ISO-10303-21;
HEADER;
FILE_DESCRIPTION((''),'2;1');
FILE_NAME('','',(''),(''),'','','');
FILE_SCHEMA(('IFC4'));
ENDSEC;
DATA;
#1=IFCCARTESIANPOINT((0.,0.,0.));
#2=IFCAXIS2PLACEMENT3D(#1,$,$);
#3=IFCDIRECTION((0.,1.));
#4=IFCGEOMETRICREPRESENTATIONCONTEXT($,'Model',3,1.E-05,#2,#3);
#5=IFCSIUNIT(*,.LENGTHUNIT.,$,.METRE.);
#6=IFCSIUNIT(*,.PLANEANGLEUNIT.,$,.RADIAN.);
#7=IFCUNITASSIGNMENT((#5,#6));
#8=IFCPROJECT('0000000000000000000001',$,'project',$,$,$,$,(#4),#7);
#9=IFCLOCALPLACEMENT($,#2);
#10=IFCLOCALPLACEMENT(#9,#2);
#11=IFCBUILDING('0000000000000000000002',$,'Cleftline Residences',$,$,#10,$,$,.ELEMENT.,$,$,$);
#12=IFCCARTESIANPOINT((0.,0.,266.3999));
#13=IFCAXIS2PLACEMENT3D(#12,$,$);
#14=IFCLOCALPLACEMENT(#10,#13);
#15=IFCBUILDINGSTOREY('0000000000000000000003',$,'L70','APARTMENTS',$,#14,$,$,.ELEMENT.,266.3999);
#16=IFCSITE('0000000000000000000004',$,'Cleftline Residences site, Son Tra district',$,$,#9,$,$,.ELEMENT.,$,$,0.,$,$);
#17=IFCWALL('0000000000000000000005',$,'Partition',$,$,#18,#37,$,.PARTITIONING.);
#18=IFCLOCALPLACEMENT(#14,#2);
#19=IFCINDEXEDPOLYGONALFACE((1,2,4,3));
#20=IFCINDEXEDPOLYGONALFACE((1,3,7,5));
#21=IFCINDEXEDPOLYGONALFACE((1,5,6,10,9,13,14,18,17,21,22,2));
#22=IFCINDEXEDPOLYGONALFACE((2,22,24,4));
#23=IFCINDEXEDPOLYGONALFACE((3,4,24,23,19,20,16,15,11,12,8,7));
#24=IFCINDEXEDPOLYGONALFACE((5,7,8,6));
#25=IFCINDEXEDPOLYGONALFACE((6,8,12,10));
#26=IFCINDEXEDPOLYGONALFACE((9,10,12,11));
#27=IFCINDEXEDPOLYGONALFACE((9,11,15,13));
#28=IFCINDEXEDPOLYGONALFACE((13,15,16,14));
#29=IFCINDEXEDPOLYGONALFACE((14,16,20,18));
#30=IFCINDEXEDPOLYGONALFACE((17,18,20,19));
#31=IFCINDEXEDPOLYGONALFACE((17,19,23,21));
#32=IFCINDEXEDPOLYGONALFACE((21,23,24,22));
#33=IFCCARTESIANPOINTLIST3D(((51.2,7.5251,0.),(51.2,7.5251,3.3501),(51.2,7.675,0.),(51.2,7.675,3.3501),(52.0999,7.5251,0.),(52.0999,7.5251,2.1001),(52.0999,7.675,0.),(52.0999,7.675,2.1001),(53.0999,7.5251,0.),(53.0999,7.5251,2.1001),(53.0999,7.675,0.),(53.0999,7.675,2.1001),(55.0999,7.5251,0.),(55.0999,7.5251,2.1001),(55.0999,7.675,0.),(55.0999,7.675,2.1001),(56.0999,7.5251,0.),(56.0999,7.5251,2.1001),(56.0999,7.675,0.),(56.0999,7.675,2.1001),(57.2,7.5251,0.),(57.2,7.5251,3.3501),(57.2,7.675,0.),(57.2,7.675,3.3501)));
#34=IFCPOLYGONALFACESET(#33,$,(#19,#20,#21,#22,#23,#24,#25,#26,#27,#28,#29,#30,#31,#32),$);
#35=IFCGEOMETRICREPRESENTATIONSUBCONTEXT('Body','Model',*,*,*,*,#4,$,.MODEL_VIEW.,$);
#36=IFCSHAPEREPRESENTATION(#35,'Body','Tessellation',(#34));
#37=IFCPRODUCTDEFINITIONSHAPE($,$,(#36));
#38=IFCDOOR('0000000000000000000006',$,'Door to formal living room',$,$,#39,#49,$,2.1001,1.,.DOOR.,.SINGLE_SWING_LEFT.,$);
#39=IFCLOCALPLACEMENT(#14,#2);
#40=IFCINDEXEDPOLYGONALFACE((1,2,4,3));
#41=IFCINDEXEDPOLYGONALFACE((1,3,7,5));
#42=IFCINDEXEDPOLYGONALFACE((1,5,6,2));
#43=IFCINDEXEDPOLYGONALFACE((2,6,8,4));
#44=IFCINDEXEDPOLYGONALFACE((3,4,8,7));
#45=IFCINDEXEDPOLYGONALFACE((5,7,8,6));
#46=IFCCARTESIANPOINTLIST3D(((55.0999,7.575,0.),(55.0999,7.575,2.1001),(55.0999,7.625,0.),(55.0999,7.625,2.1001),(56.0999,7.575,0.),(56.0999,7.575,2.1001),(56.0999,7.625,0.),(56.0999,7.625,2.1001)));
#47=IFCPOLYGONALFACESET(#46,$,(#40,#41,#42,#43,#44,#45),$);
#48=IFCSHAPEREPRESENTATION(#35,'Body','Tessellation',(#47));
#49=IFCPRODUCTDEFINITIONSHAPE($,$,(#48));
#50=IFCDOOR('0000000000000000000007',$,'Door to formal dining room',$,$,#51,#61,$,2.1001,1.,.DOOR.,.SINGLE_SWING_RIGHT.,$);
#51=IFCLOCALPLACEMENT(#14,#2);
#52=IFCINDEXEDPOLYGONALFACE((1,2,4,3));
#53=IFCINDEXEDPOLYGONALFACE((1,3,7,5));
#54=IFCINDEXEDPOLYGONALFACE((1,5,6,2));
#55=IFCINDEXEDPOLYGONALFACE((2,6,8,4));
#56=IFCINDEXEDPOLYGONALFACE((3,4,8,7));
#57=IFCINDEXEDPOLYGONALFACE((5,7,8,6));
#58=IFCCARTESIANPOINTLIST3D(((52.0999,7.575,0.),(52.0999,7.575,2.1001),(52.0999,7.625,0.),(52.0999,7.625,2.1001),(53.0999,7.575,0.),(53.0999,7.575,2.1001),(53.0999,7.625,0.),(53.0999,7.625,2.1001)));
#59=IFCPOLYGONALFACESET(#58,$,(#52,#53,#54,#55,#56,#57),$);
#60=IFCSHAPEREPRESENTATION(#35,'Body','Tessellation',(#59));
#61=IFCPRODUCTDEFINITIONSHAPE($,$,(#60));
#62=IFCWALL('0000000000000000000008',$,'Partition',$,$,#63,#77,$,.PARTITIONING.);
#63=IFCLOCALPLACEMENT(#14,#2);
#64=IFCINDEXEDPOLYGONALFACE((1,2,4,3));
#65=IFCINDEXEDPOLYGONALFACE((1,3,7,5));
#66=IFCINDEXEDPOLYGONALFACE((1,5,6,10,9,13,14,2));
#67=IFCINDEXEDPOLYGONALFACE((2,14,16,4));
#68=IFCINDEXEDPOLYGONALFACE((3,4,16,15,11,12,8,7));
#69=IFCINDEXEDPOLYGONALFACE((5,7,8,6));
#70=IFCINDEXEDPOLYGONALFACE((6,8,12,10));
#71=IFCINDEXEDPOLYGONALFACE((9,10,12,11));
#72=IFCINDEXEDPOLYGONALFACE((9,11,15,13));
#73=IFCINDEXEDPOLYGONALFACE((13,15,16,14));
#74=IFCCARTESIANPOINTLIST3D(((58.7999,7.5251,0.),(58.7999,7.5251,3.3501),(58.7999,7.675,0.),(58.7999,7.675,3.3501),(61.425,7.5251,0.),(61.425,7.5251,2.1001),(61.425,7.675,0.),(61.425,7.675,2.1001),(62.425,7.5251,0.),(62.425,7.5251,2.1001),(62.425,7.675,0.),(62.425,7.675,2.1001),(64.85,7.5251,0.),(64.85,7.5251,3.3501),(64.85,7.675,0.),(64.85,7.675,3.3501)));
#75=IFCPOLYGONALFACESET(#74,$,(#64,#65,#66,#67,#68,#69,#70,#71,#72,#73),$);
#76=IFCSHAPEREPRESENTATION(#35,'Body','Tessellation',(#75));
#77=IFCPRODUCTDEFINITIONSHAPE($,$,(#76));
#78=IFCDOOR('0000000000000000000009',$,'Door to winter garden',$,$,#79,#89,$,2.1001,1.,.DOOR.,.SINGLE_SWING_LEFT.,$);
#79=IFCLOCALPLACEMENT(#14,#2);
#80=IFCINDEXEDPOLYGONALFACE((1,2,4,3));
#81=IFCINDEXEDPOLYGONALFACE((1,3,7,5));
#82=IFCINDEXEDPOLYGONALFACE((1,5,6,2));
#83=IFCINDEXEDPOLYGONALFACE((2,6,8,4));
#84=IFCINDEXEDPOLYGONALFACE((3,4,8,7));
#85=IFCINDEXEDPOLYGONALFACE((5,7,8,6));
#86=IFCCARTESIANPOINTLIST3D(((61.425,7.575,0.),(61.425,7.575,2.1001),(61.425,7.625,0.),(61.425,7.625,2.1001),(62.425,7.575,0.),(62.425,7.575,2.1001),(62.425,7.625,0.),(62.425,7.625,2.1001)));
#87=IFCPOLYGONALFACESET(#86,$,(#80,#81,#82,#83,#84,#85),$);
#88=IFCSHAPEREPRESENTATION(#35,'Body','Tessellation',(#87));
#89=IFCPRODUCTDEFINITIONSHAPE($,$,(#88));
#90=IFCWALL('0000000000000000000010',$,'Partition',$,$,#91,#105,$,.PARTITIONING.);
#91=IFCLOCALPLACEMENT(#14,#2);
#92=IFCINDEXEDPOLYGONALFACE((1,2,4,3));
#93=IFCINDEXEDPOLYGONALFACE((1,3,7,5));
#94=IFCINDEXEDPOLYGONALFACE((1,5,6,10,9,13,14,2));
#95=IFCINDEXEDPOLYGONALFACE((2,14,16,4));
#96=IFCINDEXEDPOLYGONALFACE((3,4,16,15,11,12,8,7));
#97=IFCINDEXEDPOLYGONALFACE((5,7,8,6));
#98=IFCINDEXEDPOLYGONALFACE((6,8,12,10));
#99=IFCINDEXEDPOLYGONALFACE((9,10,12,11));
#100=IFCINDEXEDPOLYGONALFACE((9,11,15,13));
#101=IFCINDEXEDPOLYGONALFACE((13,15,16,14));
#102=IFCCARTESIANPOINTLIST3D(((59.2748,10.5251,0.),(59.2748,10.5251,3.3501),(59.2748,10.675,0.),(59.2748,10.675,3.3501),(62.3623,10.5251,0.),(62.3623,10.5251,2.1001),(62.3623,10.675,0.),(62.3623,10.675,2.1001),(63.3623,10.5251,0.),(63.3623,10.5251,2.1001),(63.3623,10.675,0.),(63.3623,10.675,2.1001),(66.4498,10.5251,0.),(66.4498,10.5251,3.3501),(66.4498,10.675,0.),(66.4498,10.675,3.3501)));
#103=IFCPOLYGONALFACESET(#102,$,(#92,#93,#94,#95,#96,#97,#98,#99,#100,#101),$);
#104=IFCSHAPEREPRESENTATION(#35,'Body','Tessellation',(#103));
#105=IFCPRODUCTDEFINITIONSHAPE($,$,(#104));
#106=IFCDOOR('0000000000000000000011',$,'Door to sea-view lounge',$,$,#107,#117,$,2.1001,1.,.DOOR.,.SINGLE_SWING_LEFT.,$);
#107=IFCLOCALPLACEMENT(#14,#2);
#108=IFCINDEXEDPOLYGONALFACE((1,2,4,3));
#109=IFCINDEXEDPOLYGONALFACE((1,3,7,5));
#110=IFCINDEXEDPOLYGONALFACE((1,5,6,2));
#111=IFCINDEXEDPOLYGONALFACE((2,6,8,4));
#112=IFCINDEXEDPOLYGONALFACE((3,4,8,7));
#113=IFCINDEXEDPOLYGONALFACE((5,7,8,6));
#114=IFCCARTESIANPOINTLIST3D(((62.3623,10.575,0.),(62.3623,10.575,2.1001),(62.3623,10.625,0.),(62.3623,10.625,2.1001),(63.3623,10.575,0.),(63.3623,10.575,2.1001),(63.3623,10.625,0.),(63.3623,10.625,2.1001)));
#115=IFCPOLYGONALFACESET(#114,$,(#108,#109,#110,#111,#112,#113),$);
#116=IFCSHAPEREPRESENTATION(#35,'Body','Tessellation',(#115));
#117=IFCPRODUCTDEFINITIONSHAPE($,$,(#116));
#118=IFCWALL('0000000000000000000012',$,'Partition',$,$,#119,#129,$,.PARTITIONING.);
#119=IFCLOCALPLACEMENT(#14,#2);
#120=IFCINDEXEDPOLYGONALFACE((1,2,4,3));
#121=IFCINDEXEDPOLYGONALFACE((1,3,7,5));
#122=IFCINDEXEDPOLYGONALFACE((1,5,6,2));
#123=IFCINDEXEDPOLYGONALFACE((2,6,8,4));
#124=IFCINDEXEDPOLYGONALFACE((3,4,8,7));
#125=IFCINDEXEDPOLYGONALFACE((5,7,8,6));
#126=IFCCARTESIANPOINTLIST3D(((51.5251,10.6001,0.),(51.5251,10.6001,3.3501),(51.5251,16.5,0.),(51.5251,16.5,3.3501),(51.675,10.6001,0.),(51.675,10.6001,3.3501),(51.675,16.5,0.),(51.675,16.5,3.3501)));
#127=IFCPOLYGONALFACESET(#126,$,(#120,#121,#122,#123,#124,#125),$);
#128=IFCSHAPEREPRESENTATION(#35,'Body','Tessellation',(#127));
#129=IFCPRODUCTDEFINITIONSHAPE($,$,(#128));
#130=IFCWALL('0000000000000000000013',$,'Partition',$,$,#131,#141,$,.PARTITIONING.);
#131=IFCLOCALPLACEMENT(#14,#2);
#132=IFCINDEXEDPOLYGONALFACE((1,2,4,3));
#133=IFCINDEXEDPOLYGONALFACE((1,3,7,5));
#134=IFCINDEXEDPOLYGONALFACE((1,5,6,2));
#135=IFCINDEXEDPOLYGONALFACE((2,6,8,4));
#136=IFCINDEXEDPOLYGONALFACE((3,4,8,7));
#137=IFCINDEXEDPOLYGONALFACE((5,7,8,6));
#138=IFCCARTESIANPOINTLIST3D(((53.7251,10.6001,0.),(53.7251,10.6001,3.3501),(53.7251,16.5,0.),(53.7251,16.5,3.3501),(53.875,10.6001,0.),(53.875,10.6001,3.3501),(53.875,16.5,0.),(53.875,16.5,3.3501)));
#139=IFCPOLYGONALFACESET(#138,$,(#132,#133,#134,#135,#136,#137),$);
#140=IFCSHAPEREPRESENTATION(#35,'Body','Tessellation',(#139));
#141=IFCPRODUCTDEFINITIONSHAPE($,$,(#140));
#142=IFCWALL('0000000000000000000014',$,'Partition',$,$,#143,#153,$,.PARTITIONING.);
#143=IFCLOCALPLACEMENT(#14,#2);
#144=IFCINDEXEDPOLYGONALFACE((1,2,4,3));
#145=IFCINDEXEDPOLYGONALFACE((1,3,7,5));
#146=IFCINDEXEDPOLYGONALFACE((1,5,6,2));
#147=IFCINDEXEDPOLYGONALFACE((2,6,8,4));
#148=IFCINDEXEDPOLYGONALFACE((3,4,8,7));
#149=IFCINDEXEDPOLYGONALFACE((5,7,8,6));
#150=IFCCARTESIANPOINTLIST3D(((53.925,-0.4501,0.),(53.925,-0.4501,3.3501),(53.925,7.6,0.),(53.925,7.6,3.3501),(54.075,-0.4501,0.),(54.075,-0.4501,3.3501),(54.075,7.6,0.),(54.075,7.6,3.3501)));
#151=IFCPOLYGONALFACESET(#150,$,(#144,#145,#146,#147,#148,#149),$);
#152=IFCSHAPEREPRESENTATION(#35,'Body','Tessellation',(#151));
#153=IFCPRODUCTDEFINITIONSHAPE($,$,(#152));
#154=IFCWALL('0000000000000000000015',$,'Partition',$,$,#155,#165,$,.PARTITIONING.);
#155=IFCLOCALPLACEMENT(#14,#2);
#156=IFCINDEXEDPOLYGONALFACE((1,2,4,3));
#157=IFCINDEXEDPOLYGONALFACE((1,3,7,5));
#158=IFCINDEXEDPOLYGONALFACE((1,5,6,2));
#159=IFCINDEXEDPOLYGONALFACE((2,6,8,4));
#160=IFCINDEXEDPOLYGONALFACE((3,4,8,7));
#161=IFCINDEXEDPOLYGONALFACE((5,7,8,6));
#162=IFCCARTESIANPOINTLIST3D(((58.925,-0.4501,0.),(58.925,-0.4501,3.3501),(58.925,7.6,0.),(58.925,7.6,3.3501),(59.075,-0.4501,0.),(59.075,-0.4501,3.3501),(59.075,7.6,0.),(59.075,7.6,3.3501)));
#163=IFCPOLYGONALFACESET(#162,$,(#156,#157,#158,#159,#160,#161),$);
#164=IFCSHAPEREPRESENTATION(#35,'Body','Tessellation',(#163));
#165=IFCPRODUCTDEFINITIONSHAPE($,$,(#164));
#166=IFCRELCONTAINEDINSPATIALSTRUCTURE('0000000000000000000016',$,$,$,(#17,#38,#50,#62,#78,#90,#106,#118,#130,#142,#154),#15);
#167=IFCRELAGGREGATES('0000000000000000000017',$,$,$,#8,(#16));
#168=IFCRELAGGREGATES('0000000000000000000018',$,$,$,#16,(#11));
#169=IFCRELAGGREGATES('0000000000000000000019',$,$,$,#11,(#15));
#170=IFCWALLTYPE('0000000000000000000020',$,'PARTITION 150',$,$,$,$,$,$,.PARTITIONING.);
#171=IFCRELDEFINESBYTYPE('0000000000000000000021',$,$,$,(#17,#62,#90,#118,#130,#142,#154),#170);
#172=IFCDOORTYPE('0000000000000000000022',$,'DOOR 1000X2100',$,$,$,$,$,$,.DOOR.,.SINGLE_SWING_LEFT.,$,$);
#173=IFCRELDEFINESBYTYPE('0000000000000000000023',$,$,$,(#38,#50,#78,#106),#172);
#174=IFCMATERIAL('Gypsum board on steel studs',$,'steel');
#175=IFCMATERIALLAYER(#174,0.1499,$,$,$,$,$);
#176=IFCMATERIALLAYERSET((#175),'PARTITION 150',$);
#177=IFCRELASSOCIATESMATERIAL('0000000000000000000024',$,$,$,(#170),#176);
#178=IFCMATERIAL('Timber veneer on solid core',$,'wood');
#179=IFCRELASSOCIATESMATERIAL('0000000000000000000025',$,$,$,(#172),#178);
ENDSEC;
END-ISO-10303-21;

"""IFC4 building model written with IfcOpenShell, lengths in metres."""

from ifc_helpers import new_model, si_unit, direction, frame, frame_2d, origin, place, context, subcontext, project, spatial, rectangle, extrude, material, layer, layer_set, type_object, element, fill, save


model = new_model("IFC4")

# Units and contexts
model_context = context("Model", 3, precision=1e-05, world=origin(), true_north=direction((0.0, 1.0)))
body_context = subcontext(model_context, "Body", "Model", "MODEL_VIEW")
ifc_project = project(units=[si_unit("LENGTHUNIT", "METRE"), si_unit("PLANEANGLEUNIT", "RADIAN")], contexts=[model_context])

# Site, building, storey
site_placement = place(None, origin())
site = spatial("IfcSite", under=ifc_project, at=site_placement, Name="Cleftline Residences site, Son Tra district", CompositionType="ELEMENT", RefElevation=0.0)
building_placement = place(site_placement, origin())
building = spatial("IfcBuilding", under=site, at=building_placement, Name="Cleftline Residences", CompositionType="ELEMENT")
storey_placement = place(building_placement, frame((0.0, 0.0, 266.3999)))
storey = spatial("IfcBuildingStorey", under=building, at=storey_placement, Name="L70", Description="APARTMENTS", CompositionType="ELEMENT", Elevation=266.3999)

# Wall, openings, doors
ifc_material_1 = material(Name="Gypsum board on steel studs", Category="steel")
ifc_layer_1 = layer(ifc_material_1, 0.1499)
ifc_layer_set_1 = layer_set([ifc_layer_1], Name="PARTITION 150")
wall_type_1 = type_object("IfcWallType", Name="PARTITION 150", PredefinedType="PARTITIONING", material=ifc_layer_set_1)
wall_1_placement = place(storey_placement, frame((51.2, 7.6001, 0.0), z_axis=(0.0, 0.0, 1.0), x_axis=(1.0, 0.0, 0.0)))
wall_1 = element("IfcWall", 1, at=wall_1_placement, inside=storey, type_object=wall_type_1, Name="Partition", PredefinedType="PARTITIONING", context=body_context, shape_type="SweptSolid", body=[
    extrude(rectangle(XDim=6.0, YDim=0.1499, at=frame_2d((3.0, 0.0))), origin(), (0.0, 0.0, 1.0), 3.3501),
])
opening_1_placement = place(wall_1_placement, frame((3.8999, 0.0, 0.0)))
opening_1 = element("IfcOpeningElement", 2, at=opening_1_placement, cuts=wall_1, PredefinedType="OPENING", context=body_context, shape_type="SweptSolid", body=[
    extrude(rectangle(XDim=1.0, YDim=2.1001, at=frame_2d((0.5, 1.05))), frame((0.0, 0.085, 0.0), z_axis=(0.0, -1.0, 0.0), x_axis=(1.0, 0.0, 0.0)), (0.0, 0.0, 1.0), 0.1699),
])
opening_2_placement = place(wall_1_placement, frame((0.8999, 0.0, 0.0)))
opening_2 = element("IfcOpeningElement", 3, at=opening_2_placement, cuts=wall_1, PredefinedType="OPENING", context=body_context, shape_type="SweptSolid", body=[
    extrude(rectangle(XDim=1.0, YDim=2.1001, at=frame_2d((0.5, 1.05))), frame((0.0, 0.085, 0.0), z_axis=(0.0, -1.0, 0.0), x_axis=(1.0, 0.0, 0.0)), (0.0, 0.0, 1.0), 0.1699),
])
ifc_material_2 = material(Name="Timber veneer on solid core", Category="wood")
door_type_1 = type_object("IfcDoorType", Name="DOOR 1000X2100", OperationType="SINGLE_SWING_LEFT", PredefinedType="DOOR", material=ifc_material_2)
door_1_placement = place(opening_1_placement, origin())
door_1 = element("IfcDoor", 4, at=door_1_placement, inside=storey, type_object=door_type_1, Name="Door to formal living room", OperationType="SINGLE_SWING_LEFT", OverallHeight=2.1001, OverallWidth=1.0, PredefinedType="DOOR", context=body_context, shape_type="SweptSolid", body=[
    extrude(rectangle(XDim=1.0, YDim=2.1001, at=frame_2d((0.5, 1.05))), frame((0.0, 0.0249, 0.0), z_axis=(0.0, -1.0, 0.0), x_axis=(1.0, 0.0, 0.0)), (0.0, 0.0, 1.0), 0.05),
])
fill(opening_1, door_1)
door_2_placement = place(opening_2_placement, origin())
door_2 = element("IfcDoor", 5, at=door_2_placement, inside=storey, type_object=door_type_1, Name="Door to formal dining room", OperationType="SINGLE_SWING_RIGHT", OverallHeight=2.1001, OverallWidth=1.0, PredefinedType="DOOR", context=body_context, shape_type="SweptSolid", body=[
    extrude(rectangle(XDim=1.0, YDim=2.1001, at=frame_2d((0.5, 1.05))), frame((0.0, 0.0249, 0.0), z_axis=(0.0, -1.0, 0.0), x_axis=(1.0, 0.0, 0.0)), (0.0, 0.0, 1.0), 0.05),
])
fill(opening_2, door_2)

# Walls, openings, doors
wall_2_placement = place(storey_placement, frame((58.8, 7.6001, 0.0), z_axis=(0.0, 0.0, 1.0), x_axis=(1.0, 0.0, 0.0)))
wall_2 = element("IfcWall", 6, at=wall_2_placement, inside=storey, type_object=wall_type_1, Name="Partition", PredefinedType="PARTITIONING", context=body_context, shape_type="SweptSolid", body=[
    extrude(rectangle(XDim=6.05, YDim=0.1499, at=frame_2d((3.0249, 0.0))), origin(), (0.0, 0.0, 1.0), 3.3501),
])
opening_3_placement = place(wall_2_placement, frame((2.625, 0.0, 0.0)))
opening_3 = element("IfcOpeningElement", 7, at=opening_3_placement, cuts=wall_2, PredefinedType="OPENING", context=body_context, shape_type="SweptSolid", body=[
    extrude(rectangle(XDim=1.0, YDim=2.1001, at=frame_2d((0.5, 1.05))), frame((0.0, 0.085, 0.0), z_axis=(0.0, -1.0, 0.0), x_axis=(1.0, 0.0, 0.0)), (0.0, 0.0, 1.0), 0.1699),
])
door_3_placement = place(opening_3_placement, origin())
door_3 = element("IfcDoor", 8, at=door_3_placement, inside=storey, type_object=door_type_1, Name="Door to winter garden", OperationType="SINGLE_SWING_LEFT", OverallHeight=2.1001, OverallWidth=1.0, PredefinedType="DOOR", context=body_context, shape_type="SweptSolid", body=[
    extrude(rectangle(XDim=1.0, YDim=2.1001, at=frame_2d((0.5, 1.05))), frame((0.0, 0.0249, 0.0), z_axis=(0.0, -1.0, 0.0), x_axis=(1.0, 0.0, 0.0)), (0.0, 0.0, 1.0), 0.05),
])
fill(opening_3, door_3)
wall_3_placement = place(storey_placement, frame((59.2749, 10.6001, 0.0), z_axis=(0.0, 0.0, 1.0), x_axis=(1.0, 0.0, 0.0)))
wall_3 = element("IfcWall", 9, at=wall_3_placement, inside=storey, type_object=wall_type_1, Name="Partition", PredefinedType="PARTITIONING", context=body_context, shape_type="SweptSolid", body=[
    extrude(rectangle(XDim=7.175, YDim=0.1499, at=frame_2d((3.5874, 0.0))), origin(), (0.0, 0.0, 1.0), 3.3501),
])
opening_4_placement = place(wall_3_placement, frame((3.0874, 0.0, 0.0)))
opening_4 = element("IfcOpeningElement", 10, at=opening_4_placement, cuts=wall_3, PredefinedType="OPENING", context=body_context, shape_type="SweptSolid", body=[
    extrude(rectangle(XDim=1.0, YDim=2.1001, at=frame_2d((0.5, 1.05))), frame((0.0, 0.085, 0.0), z_axis=(0.0, -1.0, 0.0), x_axis=(1.0, 0.0, 0.0)), (0.0, 0.0, 1.0), 0.1699),
])
door_4_placement = place(opening_4_placement, origin())
door_4 = element("IfcDoor", 11, at=door_4_placement, inside=storey, type_object=door_type_1, Name="Door to sea-view lounge", OperationType="SINGLE_SWING_LEFT", OverallHeight=2.1001, OverallWidth=1.0, PredefinedType="DOOR", context=body_context, shape_type="SweptSolid", body=[
    extrude(rectangle(XDim=1.0, YDim=2.1001, at=frame_2d((0.5, 1.05))), frame((0.0, 0.0249, 0.0), z_axis=(0.0, -1.0, 0.0), x_axis=(1.0, 0.0, 0.0)), (0.0, 0.0, 1.0), 0.05),
])
fill(opening_4, door_4)

# Walls
for number, where, z_axis, x_axis, name in (
    (12, (51.6001, 10.6001, 0.0), (0.0, 0.0, 1.0), (0.0, 1.0, 0.0), "Partition"),
    (13, (53.8, 10.6001, 0.0), (0.0, 0.0, 1.0), (0.0, 1.0, 0.0), "Partition"),
):
    element("IfcWall", number, at=place(storey_placement, frame(where, z_axis=z_axis, x_axis=x_axis)), inside=storey, type_object=wall_type_1, Name=name, PredefinedType="PARTITIONING", context=body_context, shape_type="SweptSolid", body=[
        extrude(rectangle(XDim=5.8999, YDim=0.1499, at=frame_2d((2.95, 0.0))), origin(), (0.0, 0.0, 1.0), 3.3501),
    ])
for number, where, z_axis, x_axis, name in (
    (14, (54.0, -0.45, 0.0), (0.0, 0.0, 1.0), (0.0, 1.0, 0.0), "Partition"),
    (15, (59.0, -0.45, 0.0), (0.0, 0.0, 1.0), (0.0, 1.0, 0.0), "Partition"),
):
    element("IfcWall", number, at=place(storey_placement, frame(where, z_axis=z_axis, x_axis=x_axis)), inside=storey, type_object=wall_type_1, Name=name, PredefinedType="PARTITIONING", context=body_context, shape_type="SweptSolid", body=[
        extrude(rectangle(XDim=8.05, YDim=0.1499, at=frame_2d((4.0249, 0.0))), origin(), (0.0, 0.0, 1.0), 3.3501),
    ])

save(model, "model.ifc")
